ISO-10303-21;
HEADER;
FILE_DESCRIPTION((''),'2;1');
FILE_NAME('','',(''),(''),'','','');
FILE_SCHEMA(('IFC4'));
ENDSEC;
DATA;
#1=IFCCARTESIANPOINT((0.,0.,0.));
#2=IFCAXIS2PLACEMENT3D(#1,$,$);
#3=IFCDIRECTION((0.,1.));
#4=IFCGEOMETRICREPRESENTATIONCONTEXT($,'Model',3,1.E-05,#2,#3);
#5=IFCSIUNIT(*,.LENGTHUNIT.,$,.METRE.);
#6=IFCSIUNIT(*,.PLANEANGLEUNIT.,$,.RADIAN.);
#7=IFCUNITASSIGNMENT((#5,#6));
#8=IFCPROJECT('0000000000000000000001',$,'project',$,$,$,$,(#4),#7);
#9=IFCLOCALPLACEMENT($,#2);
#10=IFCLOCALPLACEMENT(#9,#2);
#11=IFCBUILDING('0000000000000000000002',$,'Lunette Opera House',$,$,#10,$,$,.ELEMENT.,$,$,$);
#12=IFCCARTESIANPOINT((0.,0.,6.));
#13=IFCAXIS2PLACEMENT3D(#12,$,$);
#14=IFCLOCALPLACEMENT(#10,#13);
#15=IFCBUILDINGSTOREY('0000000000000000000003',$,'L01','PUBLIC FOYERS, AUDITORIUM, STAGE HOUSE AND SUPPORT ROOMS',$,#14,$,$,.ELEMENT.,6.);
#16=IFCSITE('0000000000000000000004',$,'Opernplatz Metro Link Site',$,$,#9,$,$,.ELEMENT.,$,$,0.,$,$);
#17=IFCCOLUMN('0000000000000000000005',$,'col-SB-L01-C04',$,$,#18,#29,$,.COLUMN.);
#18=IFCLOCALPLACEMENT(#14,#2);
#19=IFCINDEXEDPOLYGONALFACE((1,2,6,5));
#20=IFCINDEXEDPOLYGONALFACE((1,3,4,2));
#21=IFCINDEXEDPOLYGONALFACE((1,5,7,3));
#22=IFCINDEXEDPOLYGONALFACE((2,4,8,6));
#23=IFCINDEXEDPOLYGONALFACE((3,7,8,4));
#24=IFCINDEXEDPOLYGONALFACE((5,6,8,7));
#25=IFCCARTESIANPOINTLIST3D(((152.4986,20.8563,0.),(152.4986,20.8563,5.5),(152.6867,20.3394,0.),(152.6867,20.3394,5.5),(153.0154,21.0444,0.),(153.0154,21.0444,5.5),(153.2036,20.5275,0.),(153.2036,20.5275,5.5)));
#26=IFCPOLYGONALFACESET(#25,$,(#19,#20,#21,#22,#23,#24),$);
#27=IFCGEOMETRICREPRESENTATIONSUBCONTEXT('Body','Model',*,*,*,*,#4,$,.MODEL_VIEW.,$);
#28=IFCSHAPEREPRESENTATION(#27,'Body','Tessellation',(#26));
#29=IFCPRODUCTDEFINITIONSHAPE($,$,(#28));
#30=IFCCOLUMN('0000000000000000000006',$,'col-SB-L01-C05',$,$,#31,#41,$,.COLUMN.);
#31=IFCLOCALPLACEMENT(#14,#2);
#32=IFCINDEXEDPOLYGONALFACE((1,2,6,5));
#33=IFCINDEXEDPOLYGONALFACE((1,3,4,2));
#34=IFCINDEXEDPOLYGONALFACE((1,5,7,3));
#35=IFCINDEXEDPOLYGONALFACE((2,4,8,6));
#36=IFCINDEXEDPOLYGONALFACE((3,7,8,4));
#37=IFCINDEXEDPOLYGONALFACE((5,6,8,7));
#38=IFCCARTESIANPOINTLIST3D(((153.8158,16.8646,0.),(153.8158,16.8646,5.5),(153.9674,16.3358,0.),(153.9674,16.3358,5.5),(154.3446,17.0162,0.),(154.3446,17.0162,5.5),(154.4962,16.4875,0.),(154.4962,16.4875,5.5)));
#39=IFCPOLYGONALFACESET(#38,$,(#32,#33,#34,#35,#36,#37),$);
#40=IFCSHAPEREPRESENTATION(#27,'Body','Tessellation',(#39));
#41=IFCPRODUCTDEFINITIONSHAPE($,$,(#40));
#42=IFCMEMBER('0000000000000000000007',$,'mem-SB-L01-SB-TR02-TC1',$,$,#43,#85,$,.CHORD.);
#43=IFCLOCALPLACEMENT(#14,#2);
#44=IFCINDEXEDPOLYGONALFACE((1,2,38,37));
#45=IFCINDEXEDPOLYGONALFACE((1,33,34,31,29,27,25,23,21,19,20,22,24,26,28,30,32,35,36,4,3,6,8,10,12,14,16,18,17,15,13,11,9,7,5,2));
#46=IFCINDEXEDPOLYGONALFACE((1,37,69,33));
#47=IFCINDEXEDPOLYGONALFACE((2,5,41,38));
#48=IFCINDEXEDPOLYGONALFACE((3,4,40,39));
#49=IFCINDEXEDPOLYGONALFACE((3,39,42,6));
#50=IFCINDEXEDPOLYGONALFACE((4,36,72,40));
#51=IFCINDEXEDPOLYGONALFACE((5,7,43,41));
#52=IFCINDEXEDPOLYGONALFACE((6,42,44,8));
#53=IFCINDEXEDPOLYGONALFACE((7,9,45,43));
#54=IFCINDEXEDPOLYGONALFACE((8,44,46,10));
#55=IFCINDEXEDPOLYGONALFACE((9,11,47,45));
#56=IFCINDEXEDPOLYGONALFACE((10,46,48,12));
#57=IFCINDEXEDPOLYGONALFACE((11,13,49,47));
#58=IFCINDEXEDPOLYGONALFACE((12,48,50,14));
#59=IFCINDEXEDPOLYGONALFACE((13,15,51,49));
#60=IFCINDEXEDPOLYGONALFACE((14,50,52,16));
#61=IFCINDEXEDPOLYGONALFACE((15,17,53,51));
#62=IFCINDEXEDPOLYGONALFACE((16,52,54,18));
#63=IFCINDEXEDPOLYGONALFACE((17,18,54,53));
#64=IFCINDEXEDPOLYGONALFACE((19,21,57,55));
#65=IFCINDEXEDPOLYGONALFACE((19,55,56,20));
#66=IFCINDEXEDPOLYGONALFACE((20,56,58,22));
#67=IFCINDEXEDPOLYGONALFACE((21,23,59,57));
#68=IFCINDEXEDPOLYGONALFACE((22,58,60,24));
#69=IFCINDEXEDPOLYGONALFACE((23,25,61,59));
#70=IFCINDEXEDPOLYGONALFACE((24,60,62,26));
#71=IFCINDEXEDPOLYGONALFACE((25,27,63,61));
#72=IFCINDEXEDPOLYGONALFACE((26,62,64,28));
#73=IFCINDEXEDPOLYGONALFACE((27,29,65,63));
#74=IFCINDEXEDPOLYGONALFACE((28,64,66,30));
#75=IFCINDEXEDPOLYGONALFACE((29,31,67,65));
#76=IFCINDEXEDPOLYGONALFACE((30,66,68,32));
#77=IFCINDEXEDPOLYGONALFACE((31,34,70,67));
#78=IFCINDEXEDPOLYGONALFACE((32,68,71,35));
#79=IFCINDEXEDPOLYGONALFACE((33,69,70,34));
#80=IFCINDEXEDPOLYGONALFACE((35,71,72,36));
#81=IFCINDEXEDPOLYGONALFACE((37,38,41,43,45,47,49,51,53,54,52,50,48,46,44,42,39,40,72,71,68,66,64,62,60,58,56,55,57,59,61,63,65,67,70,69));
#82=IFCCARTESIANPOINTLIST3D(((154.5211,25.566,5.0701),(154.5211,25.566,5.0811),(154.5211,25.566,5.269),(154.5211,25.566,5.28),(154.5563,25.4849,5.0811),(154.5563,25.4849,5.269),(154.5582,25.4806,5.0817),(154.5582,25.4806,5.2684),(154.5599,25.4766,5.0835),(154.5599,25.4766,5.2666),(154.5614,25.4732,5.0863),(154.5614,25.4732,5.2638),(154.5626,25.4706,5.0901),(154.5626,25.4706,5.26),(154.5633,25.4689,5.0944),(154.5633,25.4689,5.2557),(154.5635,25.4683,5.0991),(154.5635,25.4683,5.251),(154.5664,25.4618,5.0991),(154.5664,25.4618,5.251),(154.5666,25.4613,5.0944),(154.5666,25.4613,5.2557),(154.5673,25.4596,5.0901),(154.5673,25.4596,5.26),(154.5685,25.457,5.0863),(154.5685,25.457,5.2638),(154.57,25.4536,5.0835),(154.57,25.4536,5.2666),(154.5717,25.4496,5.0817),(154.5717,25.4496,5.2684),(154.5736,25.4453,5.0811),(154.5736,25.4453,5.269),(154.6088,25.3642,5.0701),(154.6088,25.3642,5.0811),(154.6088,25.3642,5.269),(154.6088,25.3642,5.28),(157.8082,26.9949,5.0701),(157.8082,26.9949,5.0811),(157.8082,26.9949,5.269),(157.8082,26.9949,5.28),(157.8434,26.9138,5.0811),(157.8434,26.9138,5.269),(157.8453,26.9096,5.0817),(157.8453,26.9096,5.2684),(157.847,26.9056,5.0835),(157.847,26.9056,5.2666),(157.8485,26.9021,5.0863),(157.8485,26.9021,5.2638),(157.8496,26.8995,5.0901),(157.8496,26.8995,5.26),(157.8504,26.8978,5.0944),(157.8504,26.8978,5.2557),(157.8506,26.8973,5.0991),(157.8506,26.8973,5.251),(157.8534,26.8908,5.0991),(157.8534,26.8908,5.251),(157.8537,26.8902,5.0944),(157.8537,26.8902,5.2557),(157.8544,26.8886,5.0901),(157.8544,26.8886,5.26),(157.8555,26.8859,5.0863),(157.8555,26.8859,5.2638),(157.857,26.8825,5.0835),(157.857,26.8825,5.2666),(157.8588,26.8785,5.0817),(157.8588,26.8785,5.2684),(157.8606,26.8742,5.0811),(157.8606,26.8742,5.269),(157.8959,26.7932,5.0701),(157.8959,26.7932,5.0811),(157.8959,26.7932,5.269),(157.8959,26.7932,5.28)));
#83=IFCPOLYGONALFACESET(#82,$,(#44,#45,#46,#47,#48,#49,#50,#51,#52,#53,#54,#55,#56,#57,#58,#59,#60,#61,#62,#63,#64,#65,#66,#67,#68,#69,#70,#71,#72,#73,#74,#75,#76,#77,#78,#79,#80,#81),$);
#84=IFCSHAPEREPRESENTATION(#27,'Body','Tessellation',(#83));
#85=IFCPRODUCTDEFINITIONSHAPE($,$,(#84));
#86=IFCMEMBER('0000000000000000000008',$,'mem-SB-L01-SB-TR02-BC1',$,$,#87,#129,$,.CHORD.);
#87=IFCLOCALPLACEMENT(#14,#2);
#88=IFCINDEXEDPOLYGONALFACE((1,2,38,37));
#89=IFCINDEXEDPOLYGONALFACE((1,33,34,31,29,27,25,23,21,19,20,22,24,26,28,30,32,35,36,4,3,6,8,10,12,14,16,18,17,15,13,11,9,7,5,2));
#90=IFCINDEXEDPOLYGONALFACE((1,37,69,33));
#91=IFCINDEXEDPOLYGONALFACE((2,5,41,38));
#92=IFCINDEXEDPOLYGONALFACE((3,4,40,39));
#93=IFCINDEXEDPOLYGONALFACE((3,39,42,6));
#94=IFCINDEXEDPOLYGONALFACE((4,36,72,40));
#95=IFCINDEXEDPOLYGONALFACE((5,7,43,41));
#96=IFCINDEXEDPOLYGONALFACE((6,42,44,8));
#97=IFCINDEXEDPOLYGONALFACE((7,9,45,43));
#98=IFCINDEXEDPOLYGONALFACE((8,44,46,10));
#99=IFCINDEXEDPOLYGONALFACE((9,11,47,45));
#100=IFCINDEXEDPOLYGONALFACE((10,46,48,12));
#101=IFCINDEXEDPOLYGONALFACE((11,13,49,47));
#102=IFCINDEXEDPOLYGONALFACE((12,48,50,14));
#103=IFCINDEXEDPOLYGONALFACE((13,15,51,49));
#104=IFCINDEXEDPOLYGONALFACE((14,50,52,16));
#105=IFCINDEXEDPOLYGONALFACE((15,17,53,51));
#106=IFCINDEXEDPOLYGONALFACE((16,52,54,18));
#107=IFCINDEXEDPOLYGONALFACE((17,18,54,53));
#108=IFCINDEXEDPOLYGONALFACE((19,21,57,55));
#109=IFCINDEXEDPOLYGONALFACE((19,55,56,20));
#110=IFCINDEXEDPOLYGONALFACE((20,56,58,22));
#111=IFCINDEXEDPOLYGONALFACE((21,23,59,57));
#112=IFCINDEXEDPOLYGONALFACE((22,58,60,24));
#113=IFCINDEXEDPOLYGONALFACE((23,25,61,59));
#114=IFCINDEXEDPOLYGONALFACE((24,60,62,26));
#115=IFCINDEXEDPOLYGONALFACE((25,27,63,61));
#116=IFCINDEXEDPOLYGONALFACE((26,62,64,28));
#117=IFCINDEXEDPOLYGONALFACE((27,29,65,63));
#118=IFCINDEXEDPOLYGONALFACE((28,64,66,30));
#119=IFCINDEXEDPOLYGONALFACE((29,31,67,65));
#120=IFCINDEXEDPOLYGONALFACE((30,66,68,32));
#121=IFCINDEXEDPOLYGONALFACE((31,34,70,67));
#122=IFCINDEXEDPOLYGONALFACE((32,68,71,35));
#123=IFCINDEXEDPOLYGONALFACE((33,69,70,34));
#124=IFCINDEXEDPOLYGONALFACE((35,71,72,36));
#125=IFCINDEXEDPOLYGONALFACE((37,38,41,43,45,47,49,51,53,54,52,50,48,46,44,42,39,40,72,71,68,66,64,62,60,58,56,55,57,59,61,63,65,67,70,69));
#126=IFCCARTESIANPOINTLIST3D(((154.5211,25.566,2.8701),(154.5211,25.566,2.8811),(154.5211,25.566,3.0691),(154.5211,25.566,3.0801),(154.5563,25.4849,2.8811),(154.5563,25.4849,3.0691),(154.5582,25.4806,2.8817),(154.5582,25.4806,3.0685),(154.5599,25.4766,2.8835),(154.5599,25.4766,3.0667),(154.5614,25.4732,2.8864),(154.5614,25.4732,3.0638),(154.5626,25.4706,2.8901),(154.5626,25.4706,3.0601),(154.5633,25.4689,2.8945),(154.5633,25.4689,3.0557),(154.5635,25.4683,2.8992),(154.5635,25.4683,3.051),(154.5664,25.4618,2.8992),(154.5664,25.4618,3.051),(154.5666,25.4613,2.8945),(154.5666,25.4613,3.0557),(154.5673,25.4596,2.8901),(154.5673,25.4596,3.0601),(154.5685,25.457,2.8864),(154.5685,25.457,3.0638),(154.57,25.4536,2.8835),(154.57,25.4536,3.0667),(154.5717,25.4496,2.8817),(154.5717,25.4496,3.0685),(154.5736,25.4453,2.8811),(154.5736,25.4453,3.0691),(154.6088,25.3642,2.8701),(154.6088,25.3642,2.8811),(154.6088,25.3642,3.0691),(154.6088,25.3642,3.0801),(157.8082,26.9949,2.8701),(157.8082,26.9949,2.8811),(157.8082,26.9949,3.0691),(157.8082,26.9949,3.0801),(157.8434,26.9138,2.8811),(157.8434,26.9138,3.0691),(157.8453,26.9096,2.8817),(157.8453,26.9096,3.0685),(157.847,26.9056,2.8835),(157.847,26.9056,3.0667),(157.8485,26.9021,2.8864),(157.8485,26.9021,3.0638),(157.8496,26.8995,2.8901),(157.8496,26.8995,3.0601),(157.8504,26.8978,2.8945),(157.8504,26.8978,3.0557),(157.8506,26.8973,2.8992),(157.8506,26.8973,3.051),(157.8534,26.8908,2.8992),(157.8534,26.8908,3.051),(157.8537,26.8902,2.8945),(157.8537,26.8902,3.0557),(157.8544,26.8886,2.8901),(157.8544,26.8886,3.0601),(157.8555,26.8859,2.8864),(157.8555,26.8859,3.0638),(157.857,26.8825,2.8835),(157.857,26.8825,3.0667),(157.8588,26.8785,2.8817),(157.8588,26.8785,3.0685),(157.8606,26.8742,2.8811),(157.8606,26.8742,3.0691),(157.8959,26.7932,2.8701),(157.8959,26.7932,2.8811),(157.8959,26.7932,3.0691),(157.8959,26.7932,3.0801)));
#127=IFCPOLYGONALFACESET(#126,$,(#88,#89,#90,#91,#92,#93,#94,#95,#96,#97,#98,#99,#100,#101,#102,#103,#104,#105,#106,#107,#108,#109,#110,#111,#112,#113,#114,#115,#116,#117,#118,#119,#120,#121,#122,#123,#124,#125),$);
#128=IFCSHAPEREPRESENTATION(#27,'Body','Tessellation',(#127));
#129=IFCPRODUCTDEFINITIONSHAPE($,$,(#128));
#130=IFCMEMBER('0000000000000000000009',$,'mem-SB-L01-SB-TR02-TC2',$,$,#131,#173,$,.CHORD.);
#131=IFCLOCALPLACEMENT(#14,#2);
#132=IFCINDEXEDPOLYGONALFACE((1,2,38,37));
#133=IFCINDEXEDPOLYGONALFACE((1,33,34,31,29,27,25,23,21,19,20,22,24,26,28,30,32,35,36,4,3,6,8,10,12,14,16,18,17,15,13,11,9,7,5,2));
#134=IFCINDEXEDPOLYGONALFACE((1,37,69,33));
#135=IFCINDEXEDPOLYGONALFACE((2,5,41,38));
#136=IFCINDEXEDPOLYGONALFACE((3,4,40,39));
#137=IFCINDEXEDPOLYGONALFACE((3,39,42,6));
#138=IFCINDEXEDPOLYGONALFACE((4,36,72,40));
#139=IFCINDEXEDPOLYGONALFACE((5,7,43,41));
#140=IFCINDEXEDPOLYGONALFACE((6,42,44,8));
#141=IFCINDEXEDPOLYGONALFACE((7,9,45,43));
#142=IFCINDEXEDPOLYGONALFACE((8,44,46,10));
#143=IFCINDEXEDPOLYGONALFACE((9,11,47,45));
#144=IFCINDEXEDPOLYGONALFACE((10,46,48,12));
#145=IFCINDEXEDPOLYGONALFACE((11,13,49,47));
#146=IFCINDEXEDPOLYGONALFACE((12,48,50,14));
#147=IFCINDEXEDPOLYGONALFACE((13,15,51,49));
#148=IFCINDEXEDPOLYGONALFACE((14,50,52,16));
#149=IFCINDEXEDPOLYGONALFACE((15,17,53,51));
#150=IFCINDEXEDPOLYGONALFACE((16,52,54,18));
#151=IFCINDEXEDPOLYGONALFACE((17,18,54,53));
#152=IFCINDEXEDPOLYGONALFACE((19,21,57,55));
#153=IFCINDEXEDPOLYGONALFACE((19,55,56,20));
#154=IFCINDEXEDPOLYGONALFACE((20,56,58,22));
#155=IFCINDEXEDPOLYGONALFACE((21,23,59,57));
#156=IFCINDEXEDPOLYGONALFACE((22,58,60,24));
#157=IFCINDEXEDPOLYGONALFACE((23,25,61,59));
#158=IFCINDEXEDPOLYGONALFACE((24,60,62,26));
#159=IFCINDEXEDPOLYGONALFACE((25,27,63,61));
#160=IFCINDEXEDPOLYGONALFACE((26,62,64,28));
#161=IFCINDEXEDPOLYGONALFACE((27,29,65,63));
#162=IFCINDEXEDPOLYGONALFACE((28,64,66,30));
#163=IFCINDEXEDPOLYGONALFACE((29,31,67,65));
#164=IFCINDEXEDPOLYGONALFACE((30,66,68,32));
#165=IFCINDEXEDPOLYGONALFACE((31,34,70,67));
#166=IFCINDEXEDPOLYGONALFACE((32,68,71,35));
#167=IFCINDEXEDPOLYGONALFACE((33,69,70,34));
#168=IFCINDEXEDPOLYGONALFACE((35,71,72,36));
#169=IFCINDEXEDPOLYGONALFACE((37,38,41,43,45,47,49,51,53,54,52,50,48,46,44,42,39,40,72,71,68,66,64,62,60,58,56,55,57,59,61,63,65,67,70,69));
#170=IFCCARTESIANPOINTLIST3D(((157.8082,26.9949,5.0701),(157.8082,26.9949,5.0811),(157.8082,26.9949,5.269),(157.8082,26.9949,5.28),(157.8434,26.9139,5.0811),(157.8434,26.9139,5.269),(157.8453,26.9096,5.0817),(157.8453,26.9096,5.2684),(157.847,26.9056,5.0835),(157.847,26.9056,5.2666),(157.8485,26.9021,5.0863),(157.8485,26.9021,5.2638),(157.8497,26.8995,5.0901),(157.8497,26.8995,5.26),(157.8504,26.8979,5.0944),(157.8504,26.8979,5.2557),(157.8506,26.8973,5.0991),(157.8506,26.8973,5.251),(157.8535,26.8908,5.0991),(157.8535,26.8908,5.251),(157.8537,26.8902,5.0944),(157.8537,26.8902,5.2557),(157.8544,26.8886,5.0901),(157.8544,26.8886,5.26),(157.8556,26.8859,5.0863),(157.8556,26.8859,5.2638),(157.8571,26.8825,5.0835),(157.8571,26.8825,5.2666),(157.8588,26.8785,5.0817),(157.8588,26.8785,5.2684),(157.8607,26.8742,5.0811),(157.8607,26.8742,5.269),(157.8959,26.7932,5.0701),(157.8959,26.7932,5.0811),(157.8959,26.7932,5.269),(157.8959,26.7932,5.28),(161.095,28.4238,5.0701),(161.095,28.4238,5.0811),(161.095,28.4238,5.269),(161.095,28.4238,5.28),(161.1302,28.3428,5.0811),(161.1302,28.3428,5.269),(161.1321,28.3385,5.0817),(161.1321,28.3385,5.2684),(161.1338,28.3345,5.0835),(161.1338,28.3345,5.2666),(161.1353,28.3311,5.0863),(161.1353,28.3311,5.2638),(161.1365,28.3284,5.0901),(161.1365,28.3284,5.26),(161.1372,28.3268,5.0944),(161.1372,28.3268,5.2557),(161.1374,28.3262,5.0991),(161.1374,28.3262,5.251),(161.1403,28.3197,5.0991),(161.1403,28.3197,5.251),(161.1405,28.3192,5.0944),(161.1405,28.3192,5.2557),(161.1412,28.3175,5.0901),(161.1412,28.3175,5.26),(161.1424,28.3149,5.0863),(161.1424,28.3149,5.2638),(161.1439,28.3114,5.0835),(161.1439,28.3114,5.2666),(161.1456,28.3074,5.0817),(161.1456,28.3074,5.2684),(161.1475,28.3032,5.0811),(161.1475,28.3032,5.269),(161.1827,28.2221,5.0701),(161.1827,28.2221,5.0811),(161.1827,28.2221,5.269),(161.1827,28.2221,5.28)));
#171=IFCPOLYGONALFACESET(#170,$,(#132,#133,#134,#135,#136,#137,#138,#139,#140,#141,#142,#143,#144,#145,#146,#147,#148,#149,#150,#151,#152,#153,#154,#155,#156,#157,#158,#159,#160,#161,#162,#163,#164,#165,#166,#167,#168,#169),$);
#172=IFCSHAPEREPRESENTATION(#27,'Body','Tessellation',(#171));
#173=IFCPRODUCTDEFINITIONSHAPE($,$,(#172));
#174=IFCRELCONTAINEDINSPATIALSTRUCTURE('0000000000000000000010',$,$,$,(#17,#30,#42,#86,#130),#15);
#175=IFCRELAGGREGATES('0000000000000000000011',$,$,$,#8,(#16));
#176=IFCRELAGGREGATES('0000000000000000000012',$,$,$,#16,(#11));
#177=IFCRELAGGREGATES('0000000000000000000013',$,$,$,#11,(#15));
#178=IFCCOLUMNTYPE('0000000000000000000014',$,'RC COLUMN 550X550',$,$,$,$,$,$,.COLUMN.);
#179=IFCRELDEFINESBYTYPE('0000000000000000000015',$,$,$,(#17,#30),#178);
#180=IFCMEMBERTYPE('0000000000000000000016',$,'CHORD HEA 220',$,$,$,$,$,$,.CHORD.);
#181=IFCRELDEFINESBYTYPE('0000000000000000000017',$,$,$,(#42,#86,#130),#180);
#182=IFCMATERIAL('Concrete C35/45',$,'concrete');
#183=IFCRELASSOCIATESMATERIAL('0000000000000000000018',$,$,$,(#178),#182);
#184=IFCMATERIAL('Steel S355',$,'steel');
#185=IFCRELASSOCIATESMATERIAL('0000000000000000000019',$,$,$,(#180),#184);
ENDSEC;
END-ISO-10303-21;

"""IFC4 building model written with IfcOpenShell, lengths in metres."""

from ifc_helpers import new_model, si_unit, direction, frame, origin, origin_2d, place, context, subcontext, project, spatial, rectangle, i_section, extrude, material, material_profile, profile_set, type_object, element, save


model = new_model("IFC4")

# Units and contexts
model_context = context("Model", 3, precision=1e-05, world=origin(), true_north=direction((0.0, 1.0)))
body_context = subcontext(model_context, "Body", "Model", "MODEL_VIEW")
ifc_project = project(units=[si_unit("LENGTHUNIT", "METRE"), si_unit("PLANEANGLEUNIT", "RADIAN")], contexts=[model_context])

# Site, building, storey
site_placement = place(None, origin())
site = spatial("IfcSite", under=ifc_project, at=site_placement, Name="Opernplatz Metro Link Site", CompositionType="ELEMENT", RefElevation=0.0)
building_placement = place(site_placement, origin())
building = spatial("IfcBuilding", under=site, at=building_placement, Name="Lunette Opera House", CompositionType="ELEMENT")
storey_placement = place(building_placement, frame((0.0, 0.0, 6.0)))
storey = spatial("IfcBuildingStorey", under=building, at=storey_placement, Name="L01", Description="PUBLIC FOYERS, AUDITORIUM, STAGE HOUSE AND SUPPORT ROOMS", CompositionType="ELEMENT", Elevation=6.0)

# Columns
ifc_material_1 = material(Name="Concrete C35/45", Category="concrete")
ifc_material_profile_1 = material_profile(ifc_material_1, rectangle(XDim=0.55, YDim=0.55, at=origin_2d()), Name="RC COLUMN 550X550")
ifc_profile_set_1 = profile_set([ifc_material_profile_1], Name="Concrete C35/45")
column_type = type_object("IfcColumnType", Name="RC COLUMN 550X550", PredefinedType="COLUMN", material=ifc_profile_set_1)
for number, where, z_axis, x_axis, name in (
    (1, (152.8511, 20.6919, 0.0), (0.0, 0.0, 1.0), (0.34202, -0.939693, 0.0), "col-SB-L01-C04"),
    (2, (154.156, 16.676, 0.0), (0.0, 0.0, 1.0), (0.275637, -0.961262, 0.0), "col-SB-L01-C05"),
):
    element("IfcColumn", number, at=place(storey_placement, frame(where, z_axis=z_axis, x_axis=x_axis)), inside=storey, type_object=column_type, Name=name, PredefinedType="COLUMN", context=body_context, shape_type="SweptSolid", body=[
        extrude(rectangle(XDim=0.55, YDim=0.55, at=origin_2d()), origin(), (0.0, 0.0, 1.0), 5.5),
    ])

# Members
ifc_material_2 = material(Name="Steel S355", Category="steel")
ifc_material_profile_2 = material_profile(ifc_material_2, i_section(OverallWidth=0.22, OverallDepth=0.21, WebThickness=0.0071, FlangeThickness=0.011, FilletRadius=0.0181, at=origin_2d()), Name="HEA 220")
ifc_profile_set_2 = profile_set([ifc_material_profile_2], Name="Steel S355")
member_type_1 = type_object("IfcMemberType", Name="CHORD HEA 220", PredefinedType="CHORD", material=ifc_profile_set_2)
for number, where, z_axis, x_axis, name in (
    (3, (154.5649, 25.4651, 5.175), (0.917093, 0.398674, 0.0), (-0.398674, 0.917093, 0.0), "mem-SB-L01-SB-TR02-TC1"),
    (4, (154.5649, 25.4651, 2.9751), (0.917093, 0.398674, 0.0), (-0.398674, 0.917093, 0.0), "mem-SB-L01-SB-TR02-BC1"),
):
    element("IfcMember", number, at=place(storey_placement, frame(where, z_axis=z_axis, x_axis=x_axis)), inside=storey, type_object=member_type_1, Name=name, PredefinedType="CHORD", context=body_context, shape_type="SweptSolid", body=[
        extrude(i_section(OverallWidth=0.22, OverallDepth=0.21, WebThickness=0.0071, FlangeThickness=0.011, FilletRadius=0.0181, at=origin_2d()), origin(), (0.0, 0.0, 1.0), 3.5842),
    ])
for number, where, z_axis, x_axis, name in (
    (5, (157.8521, 26.894, 5.175), (0.917082, 0.398699, 0.0), (-0.398699, 0.917082, 0.0), "mem-SB-L01-SB-TR02-TC2"),
):
    element("IfcMember", number, at=place(storey_placement, frame(where, z_axis=z_axis, x_axis=x_axis)), inside=storey, type_object=member_type_1, Name=name, PredefinedType="CHORD", context=body_context, shape_type="SweptSolid", body=[
        extrude(i_section(OverallWidth=0.22, OverallDepth=0.21, WebThickness=0.0071, FlangeThickness=0.011, FilletRadius=0.0181, at=origin_2d()), origin(), (0.0, 0.0, 1.0), 3.584),
    ])

save(model, "model.ifc")
